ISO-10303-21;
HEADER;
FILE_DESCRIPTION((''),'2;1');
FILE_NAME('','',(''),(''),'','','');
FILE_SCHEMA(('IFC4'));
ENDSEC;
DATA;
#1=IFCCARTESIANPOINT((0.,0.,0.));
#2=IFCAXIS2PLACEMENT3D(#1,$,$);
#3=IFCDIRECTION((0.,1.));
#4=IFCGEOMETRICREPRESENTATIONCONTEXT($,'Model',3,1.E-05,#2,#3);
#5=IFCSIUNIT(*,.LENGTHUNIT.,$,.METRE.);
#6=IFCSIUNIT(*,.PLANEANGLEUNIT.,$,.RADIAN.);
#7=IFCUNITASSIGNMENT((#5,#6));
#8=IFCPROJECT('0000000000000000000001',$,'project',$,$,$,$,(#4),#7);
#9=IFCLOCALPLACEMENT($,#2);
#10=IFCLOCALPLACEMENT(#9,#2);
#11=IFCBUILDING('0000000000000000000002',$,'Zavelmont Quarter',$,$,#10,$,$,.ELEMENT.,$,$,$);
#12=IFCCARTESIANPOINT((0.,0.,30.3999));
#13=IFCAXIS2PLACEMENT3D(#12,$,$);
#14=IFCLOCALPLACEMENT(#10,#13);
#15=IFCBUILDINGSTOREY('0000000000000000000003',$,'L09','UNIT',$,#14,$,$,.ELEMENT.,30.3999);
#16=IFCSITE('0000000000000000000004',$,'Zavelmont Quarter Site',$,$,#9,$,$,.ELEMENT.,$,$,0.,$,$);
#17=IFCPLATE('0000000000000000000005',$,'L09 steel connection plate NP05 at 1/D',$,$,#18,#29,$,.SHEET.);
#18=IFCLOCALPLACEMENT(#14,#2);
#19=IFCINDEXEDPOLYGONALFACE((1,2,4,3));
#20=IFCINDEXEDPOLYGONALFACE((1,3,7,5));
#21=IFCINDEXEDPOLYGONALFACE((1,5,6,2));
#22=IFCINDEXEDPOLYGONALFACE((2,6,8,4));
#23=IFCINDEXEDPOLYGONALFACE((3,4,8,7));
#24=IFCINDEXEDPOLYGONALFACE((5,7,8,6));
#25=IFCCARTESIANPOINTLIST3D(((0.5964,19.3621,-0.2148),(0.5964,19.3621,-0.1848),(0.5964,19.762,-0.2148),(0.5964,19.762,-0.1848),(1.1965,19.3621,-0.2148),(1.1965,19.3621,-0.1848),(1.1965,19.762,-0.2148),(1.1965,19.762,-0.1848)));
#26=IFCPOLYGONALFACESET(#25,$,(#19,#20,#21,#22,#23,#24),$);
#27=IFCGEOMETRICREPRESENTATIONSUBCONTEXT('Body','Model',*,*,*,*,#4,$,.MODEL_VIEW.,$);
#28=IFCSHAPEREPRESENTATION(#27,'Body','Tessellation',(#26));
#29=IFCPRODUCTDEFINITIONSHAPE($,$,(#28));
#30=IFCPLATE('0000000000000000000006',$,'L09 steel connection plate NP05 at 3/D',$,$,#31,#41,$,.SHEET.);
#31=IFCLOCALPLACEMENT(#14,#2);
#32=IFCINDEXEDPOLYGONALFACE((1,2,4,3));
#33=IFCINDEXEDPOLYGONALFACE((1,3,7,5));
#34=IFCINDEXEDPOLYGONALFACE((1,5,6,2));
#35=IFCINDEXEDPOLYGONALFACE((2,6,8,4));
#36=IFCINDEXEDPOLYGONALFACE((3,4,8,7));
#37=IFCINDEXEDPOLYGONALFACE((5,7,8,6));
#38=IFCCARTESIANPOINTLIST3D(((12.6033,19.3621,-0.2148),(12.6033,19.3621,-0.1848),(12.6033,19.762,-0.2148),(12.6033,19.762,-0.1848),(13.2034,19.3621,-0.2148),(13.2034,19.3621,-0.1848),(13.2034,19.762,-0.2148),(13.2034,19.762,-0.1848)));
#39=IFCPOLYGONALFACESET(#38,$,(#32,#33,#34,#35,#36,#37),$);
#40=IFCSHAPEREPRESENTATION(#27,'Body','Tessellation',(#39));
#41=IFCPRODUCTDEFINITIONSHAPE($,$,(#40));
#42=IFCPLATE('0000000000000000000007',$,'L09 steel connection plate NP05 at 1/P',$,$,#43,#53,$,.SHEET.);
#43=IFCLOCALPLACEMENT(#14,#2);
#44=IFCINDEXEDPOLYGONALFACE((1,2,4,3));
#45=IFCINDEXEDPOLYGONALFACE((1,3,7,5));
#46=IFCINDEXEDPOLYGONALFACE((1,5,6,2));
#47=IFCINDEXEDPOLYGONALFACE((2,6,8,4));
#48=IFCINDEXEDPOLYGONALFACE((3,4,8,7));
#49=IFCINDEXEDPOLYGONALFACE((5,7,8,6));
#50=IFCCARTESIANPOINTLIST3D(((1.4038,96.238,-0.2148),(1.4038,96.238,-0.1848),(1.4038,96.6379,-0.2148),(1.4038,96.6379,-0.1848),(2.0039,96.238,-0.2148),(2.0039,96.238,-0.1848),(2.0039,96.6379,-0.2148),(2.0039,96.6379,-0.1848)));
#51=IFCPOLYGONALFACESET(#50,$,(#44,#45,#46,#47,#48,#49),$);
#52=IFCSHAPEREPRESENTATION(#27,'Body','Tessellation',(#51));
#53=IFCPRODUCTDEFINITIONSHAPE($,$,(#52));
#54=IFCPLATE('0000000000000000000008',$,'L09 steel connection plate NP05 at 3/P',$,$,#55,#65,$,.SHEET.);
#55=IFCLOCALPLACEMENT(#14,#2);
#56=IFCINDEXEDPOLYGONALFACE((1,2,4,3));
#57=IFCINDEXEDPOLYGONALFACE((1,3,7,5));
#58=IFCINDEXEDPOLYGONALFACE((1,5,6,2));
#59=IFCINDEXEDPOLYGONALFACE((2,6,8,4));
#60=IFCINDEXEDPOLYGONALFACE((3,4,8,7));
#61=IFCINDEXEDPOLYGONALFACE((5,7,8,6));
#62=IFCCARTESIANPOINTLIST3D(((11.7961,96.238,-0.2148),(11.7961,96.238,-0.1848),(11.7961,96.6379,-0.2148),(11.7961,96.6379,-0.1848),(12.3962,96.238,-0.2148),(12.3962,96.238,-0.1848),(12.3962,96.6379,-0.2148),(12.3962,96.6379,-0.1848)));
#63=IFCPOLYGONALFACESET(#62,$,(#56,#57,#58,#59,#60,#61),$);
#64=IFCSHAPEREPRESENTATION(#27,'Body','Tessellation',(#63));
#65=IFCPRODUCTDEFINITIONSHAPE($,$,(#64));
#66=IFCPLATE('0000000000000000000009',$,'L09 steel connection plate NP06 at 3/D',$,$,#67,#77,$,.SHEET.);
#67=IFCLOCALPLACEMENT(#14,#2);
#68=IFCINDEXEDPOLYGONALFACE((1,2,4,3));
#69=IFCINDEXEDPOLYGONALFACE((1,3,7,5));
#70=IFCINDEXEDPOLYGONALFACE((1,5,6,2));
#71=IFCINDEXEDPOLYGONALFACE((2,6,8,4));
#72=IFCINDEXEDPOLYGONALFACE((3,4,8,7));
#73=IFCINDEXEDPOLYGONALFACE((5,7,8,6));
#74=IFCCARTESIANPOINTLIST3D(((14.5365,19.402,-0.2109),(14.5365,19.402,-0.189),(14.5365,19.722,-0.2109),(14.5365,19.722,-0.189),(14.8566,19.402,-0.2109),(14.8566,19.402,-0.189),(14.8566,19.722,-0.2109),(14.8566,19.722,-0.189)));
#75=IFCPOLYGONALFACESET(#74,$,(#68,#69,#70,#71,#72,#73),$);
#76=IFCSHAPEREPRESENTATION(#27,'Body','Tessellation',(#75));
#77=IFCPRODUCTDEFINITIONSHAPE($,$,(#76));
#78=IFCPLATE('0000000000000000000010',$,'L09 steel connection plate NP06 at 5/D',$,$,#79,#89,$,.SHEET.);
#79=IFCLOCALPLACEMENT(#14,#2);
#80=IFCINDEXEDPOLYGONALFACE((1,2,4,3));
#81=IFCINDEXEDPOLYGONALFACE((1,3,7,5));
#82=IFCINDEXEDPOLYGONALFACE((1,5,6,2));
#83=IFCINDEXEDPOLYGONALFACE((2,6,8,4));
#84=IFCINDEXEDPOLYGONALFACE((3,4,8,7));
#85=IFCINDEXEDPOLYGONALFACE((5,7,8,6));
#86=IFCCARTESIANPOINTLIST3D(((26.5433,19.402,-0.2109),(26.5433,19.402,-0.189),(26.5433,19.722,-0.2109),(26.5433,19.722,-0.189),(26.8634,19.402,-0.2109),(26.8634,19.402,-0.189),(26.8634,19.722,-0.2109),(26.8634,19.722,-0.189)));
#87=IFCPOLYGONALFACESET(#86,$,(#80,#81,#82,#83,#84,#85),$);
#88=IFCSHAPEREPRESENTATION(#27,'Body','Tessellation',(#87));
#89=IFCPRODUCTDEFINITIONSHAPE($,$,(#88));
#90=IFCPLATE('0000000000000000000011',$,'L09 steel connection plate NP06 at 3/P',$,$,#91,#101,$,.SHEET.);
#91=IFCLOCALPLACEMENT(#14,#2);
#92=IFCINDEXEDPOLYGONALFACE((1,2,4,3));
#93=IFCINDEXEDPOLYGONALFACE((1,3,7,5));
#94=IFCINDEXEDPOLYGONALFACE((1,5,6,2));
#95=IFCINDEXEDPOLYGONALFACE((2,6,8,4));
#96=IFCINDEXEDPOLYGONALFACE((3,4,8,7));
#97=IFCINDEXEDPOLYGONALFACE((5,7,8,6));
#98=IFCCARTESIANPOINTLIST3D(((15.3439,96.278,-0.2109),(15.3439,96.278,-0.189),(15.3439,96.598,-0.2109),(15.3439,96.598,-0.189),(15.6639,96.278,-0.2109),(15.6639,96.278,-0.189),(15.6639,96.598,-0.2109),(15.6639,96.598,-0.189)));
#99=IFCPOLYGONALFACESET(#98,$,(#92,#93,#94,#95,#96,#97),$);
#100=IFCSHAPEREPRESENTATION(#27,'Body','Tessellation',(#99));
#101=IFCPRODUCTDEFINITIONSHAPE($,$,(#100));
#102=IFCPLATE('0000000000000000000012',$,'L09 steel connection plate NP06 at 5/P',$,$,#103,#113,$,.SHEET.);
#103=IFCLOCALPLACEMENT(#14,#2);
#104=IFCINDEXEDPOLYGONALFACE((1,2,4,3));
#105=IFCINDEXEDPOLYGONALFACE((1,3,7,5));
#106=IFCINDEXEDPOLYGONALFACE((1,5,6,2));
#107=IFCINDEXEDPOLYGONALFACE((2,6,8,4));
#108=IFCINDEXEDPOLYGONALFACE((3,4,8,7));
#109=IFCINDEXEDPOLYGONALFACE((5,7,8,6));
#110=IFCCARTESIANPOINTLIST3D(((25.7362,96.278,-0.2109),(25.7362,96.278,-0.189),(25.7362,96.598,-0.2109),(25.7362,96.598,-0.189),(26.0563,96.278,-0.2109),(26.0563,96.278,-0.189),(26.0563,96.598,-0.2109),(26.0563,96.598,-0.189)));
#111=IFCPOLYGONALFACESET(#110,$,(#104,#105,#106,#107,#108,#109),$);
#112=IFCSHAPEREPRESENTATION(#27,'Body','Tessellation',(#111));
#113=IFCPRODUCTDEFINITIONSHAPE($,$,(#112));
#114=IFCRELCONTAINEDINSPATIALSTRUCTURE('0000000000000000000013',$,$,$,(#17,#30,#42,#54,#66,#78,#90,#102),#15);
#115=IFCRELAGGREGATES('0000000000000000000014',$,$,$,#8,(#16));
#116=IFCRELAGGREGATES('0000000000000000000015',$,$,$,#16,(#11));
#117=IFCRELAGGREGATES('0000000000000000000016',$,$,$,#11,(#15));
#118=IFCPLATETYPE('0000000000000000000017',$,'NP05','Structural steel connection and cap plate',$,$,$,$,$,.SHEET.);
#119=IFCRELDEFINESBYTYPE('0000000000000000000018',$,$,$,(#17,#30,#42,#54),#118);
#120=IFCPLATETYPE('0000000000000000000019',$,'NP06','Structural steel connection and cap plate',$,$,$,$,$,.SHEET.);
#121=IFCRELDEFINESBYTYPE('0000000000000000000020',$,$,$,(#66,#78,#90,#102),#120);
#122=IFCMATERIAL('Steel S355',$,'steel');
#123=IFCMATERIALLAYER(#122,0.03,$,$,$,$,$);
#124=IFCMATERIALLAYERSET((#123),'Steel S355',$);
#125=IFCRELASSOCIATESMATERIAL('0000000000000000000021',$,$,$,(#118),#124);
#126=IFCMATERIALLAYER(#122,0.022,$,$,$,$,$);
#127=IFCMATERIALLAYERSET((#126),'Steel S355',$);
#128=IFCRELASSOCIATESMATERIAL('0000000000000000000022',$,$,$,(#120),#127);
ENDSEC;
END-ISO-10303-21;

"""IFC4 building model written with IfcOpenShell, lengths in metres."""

from ifc_helpers import new_model, si_unit, direction, frame, origin, origin_2d, place, context, subcontext, project, spatial, rectangle, extrude, material, layer, layer_set, type_object, element, save


model = new_model("IFC4")

# Units and contexts
model_context = context("Model", 3, precision=1e-05, world=origin(), true_north=direction((0.0, 1.0)))
body_context = subcontext(model_context, "Body", "Model", "MODEL_VIEW")
ifc_project = project(units=[si_unit("LENGTHUNIT", "METRE"), si_unit("PLANEANGLEUNIT", "RADIAN")], contexts=[model_context])

# Site, building, storey
site_placement = place(None, origin())
site = spatial("IfcSite", under=ifc_project, at=site_placement, Name="Zavelmont Quarter Site", CompositionType="ELEMENT", RefElevation=0.0)
building_placement = place(site_placement, origin())
building = spatial("IfcBuilding", under=site, at=building_placement, Name="Zavelmont Quarter", CompositionType="ELEMENT")
storey_placement = place(building_placement, frame((0.0, 0.0, 30.3999)))
storey = spatial("IfcBuildingStorey", under=building, at=storey_placement, Name="L09", Description="UNIT", CompositionType="ELEMENT", Elevation=30.3999)

# Plates
ifc_material_1 = material(Name="Steel S355", Category="steel")
ifc_layer_1 = layer(ifc_material_1, 0.03)
ifc_layer_set_1 = layer_set([ifc_layer_1], Name="Steel S355")
plate_type_1 = type_object("IfcPlateType", Name="NP05", Description="Structural steel connection and cap plate", PredefinedType="SHEET", material=ifc_layer_set_1)
for number, where, z_axis, x_axis, name in (
    (1, (0.8965, 19.562, -0.2148), (0.0, 0.0, 1.0), (1.0, 0.0, 0.0), "L09 steel connection plate NP05 at 1/D"),
    (2, (12.9033, 19.562, -0.2148), (0.0, 0.0, 1.0), (1.0, 0.0, 0.0), "L09 steel connection plate NP05 at 3/D"),
    (3, (1.7039, 96.438, -0.2148), (0.0, 0.0, 1.0), (1.0, 0.0, 0.0), "L09 steel connection plate NP05 at 1/P"),
    (4, (12.0962, 96.438, -0.2148), (0.0, 0.0, 1.0), (1.0, 0.0, 0.0), "L09 steel connection plate NP05 at 3/P"),
):
    element("IfcPlate", number, at=place(storey_placement, frame(where, z_axis=z_axis, x_axis=x_axis)), inside=storey, type_object=plate_type_1, Name=name, PredefinedType="SHEET", context=body_context, shape_type="SweptSolid", body=[
        extrude(rectangle(XDim=0.6001, YDim=0.3999, at=origin_2d()), origin(), (0.0, 0.0, 1.0), 0.03),
    ])
ifc_layer_2 = layer(ifc_material_1, 0.022)
ifc_layer_set_2 = layer_set([ifc_layer_2], Name="Steel S355")
plate_type_2 = type_object("IfcPlateType", Name="NP06", Description="Structural steel connection and cap plate", PredefinedType="SHEET", material=ifc_layer_set_2)
for number, where, z_axis, x_axis, name in (
    (5, (14.6965, 19.562, -0.2109), (0.0, 0.0, 1.0), (1.0, 0.0, 0.0), "L09 steel connection plate NP06 at 3/D"),
    (6, (26.7034, 19.562, -0.2109), (0.0, 0.0, 1.0), (1.0, 0.0, 0.0), "L09 steel connection plate NP06 at 5/D"),
    (7, (15.5039, 96.438, -0.2109), (0.0, 0.0, 1.0), (1.0, 0.0, 0.0), "L09 steel connection plate NP06 at 3/P"),
    (8, (25.8962, 96.438, -0.2109), (0.0, 0.0, 1.0), (1.0, 0.0, 0.0), "L09 steel connection plate NP06 at 5/P"),
):
    element("IfcPlate", number, at=place(storey_placement, frame(where, z_axis=z_axis, x_axis=x_axis)), inside=storey, type_object=plate_type_2, Name=name, PredefinedType="SHEET", context=body_context, shape_type="SweptSolid", body=[
        extrude(rectangle(XDim=0.3201, YDim=0.3201, at=origin_2d()), origin(), (0.0, 0.0, 1.0), 0.022),
    ])

save(model, "model.ifc")
